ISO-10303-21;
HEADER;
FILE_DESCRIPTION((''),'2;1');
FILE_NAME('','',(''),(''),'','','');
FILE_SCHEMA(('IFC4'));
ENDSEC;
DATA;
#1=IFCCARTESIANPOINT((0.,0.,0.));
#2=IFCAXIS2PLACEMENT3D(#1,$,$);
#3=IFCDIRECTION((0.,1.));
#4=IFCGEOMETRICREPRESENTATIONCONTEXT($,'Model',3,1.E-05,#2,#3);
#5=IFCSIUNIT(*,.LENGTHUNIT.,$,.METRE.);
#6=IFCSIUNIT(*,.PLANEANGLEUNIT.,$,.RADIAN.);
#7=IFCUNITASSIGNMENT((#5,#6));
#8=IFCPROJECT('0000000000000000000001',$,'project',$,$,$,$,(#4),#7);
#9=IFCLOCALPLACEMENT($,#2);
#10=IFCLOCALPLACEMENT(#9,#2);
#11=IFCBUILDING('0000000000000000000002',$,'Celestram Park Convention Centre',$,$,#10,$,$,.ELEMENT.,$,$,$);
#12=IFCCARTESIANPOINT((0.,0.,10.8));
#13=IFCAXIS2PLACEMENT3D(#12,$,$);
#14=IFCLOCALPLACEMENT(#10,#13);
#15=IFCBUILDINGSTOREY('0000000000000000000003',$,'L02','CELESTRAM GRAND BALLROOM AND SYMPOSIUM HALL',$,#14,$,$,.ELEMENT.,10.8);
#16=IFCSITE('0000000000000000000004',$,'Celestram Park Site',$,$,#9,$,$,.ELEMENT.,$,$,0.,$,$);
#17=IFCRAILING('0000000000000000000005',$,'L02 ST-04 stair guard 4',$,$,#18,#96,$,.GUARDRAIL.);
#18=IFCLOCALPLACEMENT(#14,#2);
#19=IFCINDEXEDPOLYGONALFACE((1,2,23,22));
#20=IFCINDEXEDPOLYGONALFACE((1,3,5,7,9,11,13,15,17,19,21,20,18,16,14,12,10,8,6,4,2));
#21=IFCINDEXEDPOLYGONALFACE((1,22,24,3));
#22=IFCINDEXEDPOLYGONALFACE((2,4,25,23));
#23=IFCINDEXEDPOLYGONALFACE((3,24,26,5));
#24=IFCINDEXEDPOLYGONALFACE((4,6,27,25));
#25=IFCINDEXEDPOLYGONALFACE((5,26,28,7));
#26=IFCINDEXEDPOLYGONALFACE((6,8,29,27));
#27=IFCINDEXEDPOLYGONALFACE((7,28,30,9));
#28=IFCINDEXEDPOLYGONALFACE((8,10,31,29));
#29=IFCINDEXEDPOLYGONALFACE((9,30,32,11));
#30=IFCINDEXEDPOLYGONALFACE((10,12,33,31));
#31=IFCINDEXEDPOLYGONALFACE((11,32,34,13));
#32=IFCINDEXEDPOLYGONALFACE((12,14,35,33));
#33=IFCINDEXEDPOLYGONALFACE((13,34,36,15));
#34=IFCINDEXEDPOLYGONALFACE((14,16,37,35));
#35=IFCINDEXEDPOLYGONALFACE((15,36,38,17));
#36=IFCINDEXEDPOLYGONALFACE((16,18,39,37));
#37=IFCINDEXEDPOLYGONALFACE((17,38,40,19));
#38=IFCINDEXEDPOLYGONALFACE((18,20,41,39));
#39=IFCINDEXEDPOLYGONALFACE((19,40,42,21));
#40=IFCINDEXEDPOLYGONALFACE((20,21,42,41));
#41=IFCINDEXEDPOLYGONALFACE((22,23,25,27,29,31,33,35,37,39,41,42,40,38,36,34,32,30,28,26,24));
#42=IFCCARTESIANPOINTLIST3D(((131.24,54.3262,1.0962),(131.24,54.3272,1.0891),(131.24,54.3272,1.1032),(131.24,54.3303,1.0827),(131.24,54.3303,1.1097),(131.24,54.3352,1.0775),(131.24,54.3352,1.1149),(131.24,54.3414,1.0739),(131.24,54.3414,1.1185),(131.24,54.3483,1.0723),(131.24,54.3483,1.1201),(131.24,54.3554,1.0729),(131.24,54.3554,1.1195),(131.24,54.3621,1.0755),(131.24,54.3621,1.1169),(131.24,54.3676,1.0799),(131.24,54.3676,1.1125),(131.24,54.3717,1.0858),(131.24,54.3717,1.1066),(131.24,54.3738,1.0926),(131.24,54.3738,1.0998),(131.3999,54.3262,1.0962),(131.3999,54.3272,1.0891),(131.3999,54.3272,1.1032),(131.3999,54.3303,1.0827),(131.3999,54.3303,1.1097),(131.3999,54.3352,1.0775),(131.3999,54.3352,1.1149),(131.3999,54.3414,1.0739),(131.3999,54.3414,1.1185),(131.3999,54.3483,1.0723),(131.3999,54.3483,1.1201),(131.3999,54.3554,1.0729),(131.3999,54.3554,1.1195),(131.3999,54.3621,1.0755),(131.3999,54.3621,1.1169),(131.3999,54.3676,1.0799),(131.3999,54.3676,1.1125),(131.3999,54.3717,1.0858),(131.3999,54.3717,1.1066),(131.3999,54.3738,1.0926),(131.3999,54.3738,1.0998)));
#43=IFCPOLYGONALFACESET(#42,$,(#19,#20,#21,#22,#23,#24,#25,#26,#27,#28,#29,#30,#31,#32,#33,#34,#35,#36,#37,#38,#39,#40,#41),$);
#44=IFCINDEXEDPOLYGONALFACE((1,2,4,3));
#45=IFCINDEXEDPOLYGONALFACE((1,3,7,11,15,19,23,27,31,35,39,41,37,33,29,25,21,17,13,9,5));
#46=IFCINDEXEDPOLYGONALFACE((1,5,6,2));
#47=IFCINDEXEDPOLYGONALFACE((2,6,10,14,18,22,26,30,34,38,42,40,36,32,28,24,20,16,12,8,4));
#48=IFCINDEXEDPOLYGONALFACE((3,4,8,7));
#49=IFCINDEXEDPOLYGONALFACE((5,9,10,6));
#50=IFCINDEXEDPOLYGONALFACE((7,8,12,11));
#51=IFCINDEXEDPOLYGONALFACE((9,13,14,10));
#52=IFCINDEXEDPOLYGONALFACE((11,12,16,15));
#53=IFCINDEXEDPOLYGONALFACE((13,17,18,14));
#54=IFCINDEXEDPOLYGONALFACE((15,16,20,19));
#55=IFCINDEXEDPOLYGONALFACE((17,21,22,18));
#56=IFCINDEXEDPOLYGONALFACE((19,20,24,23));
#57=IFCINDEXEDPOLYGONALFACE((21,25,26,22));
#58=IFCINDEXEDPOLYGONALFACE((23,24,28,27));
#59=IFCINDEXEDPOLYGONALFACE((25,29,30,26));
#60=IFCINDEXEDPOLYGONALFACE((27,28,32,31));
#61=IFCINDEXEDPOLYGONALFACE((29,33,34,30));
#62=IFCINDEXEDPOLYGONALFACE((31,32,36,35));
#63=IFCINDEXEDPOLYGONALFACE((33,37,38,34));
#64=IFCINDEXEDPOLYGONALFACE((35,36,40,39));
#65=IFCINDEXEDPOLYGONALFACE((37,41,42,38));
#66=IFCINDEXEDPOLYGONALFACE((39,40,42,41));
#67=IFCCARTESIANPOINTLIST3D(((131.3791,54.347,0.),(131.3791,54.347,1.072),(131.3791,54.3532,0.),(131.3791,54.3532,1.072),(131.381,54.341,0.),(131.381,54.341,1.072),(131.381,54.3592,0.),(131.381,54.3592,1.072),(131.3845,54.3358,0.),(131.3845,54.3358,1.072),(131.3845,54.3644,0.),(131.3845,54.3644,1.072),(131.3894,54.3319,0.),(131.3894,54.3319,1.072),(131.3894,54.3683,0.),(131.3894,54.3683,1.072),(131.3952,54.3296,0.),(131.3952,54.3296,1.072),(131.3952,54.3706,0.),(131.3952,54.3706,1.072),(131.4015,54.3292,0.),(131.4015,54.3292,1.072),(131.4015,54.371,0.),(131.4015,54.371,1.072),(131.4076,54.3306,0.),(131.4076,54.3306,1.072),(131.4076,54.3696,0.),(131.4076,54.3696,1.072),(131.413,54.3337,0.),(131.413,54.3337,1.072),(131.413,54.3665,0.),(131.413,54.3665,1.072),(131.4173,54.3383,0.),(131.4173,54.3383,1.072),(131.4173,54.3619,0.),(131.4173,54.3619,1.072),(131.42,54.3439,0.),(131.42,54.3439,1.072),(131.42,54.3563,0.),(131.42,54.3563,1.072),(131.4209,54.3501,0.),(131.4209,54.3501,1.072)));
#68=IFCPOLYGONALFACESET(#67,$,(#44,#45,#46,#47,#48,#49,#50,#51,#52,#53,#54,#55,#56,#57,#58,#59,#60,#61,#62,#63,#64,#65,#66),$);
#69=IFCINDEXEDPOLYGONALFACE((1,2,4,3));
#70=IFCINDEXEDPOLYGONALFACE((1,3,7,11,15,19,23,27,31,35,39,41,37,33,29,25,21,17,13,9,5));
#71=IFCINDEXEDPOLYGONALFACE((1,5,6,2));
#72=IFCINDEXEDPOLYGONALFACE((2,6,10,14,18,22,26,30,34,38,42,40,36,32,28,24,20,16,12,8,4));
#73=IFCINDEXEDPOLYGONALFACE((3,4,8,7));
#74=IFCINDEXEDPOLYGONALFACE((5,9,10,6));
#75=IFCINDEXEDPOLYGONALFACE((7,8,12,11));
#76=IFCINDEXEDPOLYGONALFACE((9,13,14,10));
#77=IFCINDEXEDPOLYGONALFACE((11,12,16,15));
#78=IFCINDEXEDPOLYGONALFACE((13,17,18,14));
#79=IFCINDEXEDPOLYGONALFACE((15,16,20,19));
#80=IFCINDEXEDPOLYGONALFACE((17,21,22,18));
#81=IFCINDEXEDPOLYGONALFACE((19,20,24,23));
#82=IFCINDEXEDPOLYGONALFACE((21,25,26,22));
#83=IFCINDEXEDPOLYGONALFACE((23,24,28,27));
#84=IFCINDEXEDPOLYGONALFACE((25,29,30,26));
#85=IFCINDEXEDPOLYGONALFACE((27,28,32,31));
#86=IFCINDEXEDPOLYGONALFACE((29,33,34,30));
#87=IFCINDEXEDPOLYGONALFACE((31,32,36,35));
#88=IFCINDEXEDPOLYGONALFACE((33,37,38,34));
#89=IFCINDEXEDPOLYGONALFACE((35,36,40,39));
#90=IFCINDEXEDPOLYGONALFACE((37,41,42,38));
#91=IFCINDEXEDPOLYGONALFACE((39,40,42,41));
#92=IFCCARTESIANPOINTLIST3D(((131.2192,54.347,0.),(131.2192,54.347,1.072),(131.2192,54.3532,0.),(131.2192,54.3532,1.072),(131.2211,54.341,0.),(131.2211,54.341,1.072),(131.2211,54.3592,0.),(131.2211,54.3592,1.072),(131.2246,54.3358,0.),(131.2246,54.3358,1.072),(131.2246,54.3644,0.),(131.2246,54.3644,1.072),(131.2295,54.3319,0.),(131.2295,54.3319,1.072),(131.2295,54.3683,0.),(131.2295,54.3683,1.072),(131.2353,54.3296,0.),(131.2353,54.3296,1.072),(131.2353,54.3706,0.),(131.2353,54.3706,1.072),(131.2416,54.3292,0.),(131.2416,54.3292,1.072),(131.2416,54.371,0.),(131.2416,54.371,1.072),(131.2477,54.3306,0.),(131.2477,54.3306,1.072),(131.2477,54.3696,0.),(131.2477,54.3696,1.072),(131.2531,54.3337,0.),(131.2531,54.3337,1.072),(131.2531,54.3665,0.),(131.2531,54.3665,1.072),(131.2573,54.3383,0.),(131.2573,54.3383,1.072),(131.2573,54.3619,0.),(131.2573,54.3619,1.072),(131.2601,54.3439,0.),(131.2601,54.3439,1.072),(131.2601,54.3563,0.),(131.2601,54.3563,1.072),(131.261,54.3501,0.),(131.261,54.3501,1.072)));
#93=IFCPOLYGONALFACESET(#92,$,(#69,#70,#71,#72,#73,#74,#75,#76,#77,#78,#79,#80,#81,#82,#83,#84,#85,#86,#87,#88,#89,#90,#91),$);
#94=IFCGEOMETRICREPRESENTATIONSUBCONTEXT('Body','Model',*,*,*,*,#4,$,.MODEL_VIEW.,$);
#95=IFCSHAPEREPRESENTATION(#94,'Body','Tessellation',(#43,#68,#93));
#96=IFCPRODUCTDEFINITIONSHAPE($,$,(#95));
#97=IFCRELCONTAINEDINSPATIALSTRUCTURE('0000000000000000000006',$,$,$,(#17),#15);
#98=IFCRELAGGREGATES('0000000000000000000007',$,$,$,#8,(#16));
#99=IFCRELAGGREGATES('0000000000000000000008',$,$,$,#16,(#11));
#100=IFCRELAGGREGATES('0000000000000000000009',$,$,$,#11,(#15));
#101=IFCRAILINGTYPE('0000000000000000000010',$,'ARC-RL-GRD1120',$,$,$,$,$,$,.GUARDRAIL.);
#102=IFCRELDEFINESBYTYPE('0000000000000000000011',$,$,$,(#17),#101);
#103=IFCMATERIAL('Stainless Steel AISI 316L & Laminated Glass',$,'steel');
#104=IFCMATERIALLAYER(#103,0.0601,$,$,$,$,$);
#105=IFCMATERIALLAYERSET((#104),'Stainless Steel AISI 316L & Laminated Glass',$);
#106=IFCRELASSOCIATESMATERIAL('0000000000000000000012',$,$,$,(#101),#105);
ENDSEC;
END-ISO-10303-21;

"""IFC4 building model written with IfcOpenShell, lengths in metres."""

from ifc_helpers import new_model, si_unit, direction, frame, origin, origin_2d, place, context, subcontext, project, spatial, circle, extrude, material, layer, layer_set, type_object, element, save


model = new_model("IFC4")

# Units and contexts
model_context = context("Model", 3, precision=1e-05, world=origin(), true_north=direction((0.0, 1.0)))
body_context = subcontext(model_context, "Body", "Model", "MODEL_VIEW")
ifc_project = project(units=[si_unit("LENGTHUNIT", "METRE"), si_unit("PLANEANGLEUNIT", "RADIAN")], contexts=[model_context])

# Site, building, storey
site_placement = place(None, origin())
site = spatial("IfcSite", under=ifc_project, at=site_placement, Name="Celestram Park Site", CompositionType="ELEMENT", RefElevation=0.0)
building_placement = place(site_placement, origin())
building = spatial("IfcBuilding", under=site, at=building_placement, Name="Celestram Park Convention Centre", CompositionType="ELEMENT")
storey_placement = place(building_placement, frame((0.0, 0.0, 10.8)))
storey = spatial("IfcBuildingStorey", under=building, at=storey_placement, Name="L02", Description="CELESTRAM GRAND BALLROOM AND SYMPOSIUM HALL", CompositionType="ELEMENT", Elevation=10.8)

# Railing
ifc_material_1 = material(Name="Stainless Steel AISI 316L & Laminated Glass", Category="steel")
ifc_layer_1 = layer(ifc_material_1, 0.0601)
ifc_layer_set_1 = layer_set([ifc_layer_1], Name="Stainless Steel AISI 316L & Laminated Glass")
railing_type_1 = type_object("IfcRailingType", Name="ARC-RL-GRD1120", PredefinedType="GUARDRAIL", material=ifc_layer_set_1)
railing_1_placement = place(storey_placement, frame((131.3999, 54.3501, 0.0)))
element("IfcRailing", 1, at=railing_1_placement, inside=storey, type_object=railing_type_1, Name="L02 ST-04 stair guard 4", PredefinedType="GUARDRAIL", context=body_context, shape_type="SweptSolid", body=[
    extrude(circle(Radius=0.0239, at=origin_2d()), frame((0.0, 0.0, 1.0962), z_axis=(-1.0, 0.0, 0.0), x_axis=(0.0, -1.0, 0.0)), (0.0, 0.0, 1.0), 0.1599),
    extrude(circle(Radius=0.021, at=origin_2d()), origin(), (0.0, 0.0, 1.0), 1.072),
    extrude(circle(Radius=0.021, at=origin_2d()), frame((-0.1599, 0.0, 0.0)), (0.0, 0.0, 1.0), 1.072),
])

save(model, "model.ifc")
